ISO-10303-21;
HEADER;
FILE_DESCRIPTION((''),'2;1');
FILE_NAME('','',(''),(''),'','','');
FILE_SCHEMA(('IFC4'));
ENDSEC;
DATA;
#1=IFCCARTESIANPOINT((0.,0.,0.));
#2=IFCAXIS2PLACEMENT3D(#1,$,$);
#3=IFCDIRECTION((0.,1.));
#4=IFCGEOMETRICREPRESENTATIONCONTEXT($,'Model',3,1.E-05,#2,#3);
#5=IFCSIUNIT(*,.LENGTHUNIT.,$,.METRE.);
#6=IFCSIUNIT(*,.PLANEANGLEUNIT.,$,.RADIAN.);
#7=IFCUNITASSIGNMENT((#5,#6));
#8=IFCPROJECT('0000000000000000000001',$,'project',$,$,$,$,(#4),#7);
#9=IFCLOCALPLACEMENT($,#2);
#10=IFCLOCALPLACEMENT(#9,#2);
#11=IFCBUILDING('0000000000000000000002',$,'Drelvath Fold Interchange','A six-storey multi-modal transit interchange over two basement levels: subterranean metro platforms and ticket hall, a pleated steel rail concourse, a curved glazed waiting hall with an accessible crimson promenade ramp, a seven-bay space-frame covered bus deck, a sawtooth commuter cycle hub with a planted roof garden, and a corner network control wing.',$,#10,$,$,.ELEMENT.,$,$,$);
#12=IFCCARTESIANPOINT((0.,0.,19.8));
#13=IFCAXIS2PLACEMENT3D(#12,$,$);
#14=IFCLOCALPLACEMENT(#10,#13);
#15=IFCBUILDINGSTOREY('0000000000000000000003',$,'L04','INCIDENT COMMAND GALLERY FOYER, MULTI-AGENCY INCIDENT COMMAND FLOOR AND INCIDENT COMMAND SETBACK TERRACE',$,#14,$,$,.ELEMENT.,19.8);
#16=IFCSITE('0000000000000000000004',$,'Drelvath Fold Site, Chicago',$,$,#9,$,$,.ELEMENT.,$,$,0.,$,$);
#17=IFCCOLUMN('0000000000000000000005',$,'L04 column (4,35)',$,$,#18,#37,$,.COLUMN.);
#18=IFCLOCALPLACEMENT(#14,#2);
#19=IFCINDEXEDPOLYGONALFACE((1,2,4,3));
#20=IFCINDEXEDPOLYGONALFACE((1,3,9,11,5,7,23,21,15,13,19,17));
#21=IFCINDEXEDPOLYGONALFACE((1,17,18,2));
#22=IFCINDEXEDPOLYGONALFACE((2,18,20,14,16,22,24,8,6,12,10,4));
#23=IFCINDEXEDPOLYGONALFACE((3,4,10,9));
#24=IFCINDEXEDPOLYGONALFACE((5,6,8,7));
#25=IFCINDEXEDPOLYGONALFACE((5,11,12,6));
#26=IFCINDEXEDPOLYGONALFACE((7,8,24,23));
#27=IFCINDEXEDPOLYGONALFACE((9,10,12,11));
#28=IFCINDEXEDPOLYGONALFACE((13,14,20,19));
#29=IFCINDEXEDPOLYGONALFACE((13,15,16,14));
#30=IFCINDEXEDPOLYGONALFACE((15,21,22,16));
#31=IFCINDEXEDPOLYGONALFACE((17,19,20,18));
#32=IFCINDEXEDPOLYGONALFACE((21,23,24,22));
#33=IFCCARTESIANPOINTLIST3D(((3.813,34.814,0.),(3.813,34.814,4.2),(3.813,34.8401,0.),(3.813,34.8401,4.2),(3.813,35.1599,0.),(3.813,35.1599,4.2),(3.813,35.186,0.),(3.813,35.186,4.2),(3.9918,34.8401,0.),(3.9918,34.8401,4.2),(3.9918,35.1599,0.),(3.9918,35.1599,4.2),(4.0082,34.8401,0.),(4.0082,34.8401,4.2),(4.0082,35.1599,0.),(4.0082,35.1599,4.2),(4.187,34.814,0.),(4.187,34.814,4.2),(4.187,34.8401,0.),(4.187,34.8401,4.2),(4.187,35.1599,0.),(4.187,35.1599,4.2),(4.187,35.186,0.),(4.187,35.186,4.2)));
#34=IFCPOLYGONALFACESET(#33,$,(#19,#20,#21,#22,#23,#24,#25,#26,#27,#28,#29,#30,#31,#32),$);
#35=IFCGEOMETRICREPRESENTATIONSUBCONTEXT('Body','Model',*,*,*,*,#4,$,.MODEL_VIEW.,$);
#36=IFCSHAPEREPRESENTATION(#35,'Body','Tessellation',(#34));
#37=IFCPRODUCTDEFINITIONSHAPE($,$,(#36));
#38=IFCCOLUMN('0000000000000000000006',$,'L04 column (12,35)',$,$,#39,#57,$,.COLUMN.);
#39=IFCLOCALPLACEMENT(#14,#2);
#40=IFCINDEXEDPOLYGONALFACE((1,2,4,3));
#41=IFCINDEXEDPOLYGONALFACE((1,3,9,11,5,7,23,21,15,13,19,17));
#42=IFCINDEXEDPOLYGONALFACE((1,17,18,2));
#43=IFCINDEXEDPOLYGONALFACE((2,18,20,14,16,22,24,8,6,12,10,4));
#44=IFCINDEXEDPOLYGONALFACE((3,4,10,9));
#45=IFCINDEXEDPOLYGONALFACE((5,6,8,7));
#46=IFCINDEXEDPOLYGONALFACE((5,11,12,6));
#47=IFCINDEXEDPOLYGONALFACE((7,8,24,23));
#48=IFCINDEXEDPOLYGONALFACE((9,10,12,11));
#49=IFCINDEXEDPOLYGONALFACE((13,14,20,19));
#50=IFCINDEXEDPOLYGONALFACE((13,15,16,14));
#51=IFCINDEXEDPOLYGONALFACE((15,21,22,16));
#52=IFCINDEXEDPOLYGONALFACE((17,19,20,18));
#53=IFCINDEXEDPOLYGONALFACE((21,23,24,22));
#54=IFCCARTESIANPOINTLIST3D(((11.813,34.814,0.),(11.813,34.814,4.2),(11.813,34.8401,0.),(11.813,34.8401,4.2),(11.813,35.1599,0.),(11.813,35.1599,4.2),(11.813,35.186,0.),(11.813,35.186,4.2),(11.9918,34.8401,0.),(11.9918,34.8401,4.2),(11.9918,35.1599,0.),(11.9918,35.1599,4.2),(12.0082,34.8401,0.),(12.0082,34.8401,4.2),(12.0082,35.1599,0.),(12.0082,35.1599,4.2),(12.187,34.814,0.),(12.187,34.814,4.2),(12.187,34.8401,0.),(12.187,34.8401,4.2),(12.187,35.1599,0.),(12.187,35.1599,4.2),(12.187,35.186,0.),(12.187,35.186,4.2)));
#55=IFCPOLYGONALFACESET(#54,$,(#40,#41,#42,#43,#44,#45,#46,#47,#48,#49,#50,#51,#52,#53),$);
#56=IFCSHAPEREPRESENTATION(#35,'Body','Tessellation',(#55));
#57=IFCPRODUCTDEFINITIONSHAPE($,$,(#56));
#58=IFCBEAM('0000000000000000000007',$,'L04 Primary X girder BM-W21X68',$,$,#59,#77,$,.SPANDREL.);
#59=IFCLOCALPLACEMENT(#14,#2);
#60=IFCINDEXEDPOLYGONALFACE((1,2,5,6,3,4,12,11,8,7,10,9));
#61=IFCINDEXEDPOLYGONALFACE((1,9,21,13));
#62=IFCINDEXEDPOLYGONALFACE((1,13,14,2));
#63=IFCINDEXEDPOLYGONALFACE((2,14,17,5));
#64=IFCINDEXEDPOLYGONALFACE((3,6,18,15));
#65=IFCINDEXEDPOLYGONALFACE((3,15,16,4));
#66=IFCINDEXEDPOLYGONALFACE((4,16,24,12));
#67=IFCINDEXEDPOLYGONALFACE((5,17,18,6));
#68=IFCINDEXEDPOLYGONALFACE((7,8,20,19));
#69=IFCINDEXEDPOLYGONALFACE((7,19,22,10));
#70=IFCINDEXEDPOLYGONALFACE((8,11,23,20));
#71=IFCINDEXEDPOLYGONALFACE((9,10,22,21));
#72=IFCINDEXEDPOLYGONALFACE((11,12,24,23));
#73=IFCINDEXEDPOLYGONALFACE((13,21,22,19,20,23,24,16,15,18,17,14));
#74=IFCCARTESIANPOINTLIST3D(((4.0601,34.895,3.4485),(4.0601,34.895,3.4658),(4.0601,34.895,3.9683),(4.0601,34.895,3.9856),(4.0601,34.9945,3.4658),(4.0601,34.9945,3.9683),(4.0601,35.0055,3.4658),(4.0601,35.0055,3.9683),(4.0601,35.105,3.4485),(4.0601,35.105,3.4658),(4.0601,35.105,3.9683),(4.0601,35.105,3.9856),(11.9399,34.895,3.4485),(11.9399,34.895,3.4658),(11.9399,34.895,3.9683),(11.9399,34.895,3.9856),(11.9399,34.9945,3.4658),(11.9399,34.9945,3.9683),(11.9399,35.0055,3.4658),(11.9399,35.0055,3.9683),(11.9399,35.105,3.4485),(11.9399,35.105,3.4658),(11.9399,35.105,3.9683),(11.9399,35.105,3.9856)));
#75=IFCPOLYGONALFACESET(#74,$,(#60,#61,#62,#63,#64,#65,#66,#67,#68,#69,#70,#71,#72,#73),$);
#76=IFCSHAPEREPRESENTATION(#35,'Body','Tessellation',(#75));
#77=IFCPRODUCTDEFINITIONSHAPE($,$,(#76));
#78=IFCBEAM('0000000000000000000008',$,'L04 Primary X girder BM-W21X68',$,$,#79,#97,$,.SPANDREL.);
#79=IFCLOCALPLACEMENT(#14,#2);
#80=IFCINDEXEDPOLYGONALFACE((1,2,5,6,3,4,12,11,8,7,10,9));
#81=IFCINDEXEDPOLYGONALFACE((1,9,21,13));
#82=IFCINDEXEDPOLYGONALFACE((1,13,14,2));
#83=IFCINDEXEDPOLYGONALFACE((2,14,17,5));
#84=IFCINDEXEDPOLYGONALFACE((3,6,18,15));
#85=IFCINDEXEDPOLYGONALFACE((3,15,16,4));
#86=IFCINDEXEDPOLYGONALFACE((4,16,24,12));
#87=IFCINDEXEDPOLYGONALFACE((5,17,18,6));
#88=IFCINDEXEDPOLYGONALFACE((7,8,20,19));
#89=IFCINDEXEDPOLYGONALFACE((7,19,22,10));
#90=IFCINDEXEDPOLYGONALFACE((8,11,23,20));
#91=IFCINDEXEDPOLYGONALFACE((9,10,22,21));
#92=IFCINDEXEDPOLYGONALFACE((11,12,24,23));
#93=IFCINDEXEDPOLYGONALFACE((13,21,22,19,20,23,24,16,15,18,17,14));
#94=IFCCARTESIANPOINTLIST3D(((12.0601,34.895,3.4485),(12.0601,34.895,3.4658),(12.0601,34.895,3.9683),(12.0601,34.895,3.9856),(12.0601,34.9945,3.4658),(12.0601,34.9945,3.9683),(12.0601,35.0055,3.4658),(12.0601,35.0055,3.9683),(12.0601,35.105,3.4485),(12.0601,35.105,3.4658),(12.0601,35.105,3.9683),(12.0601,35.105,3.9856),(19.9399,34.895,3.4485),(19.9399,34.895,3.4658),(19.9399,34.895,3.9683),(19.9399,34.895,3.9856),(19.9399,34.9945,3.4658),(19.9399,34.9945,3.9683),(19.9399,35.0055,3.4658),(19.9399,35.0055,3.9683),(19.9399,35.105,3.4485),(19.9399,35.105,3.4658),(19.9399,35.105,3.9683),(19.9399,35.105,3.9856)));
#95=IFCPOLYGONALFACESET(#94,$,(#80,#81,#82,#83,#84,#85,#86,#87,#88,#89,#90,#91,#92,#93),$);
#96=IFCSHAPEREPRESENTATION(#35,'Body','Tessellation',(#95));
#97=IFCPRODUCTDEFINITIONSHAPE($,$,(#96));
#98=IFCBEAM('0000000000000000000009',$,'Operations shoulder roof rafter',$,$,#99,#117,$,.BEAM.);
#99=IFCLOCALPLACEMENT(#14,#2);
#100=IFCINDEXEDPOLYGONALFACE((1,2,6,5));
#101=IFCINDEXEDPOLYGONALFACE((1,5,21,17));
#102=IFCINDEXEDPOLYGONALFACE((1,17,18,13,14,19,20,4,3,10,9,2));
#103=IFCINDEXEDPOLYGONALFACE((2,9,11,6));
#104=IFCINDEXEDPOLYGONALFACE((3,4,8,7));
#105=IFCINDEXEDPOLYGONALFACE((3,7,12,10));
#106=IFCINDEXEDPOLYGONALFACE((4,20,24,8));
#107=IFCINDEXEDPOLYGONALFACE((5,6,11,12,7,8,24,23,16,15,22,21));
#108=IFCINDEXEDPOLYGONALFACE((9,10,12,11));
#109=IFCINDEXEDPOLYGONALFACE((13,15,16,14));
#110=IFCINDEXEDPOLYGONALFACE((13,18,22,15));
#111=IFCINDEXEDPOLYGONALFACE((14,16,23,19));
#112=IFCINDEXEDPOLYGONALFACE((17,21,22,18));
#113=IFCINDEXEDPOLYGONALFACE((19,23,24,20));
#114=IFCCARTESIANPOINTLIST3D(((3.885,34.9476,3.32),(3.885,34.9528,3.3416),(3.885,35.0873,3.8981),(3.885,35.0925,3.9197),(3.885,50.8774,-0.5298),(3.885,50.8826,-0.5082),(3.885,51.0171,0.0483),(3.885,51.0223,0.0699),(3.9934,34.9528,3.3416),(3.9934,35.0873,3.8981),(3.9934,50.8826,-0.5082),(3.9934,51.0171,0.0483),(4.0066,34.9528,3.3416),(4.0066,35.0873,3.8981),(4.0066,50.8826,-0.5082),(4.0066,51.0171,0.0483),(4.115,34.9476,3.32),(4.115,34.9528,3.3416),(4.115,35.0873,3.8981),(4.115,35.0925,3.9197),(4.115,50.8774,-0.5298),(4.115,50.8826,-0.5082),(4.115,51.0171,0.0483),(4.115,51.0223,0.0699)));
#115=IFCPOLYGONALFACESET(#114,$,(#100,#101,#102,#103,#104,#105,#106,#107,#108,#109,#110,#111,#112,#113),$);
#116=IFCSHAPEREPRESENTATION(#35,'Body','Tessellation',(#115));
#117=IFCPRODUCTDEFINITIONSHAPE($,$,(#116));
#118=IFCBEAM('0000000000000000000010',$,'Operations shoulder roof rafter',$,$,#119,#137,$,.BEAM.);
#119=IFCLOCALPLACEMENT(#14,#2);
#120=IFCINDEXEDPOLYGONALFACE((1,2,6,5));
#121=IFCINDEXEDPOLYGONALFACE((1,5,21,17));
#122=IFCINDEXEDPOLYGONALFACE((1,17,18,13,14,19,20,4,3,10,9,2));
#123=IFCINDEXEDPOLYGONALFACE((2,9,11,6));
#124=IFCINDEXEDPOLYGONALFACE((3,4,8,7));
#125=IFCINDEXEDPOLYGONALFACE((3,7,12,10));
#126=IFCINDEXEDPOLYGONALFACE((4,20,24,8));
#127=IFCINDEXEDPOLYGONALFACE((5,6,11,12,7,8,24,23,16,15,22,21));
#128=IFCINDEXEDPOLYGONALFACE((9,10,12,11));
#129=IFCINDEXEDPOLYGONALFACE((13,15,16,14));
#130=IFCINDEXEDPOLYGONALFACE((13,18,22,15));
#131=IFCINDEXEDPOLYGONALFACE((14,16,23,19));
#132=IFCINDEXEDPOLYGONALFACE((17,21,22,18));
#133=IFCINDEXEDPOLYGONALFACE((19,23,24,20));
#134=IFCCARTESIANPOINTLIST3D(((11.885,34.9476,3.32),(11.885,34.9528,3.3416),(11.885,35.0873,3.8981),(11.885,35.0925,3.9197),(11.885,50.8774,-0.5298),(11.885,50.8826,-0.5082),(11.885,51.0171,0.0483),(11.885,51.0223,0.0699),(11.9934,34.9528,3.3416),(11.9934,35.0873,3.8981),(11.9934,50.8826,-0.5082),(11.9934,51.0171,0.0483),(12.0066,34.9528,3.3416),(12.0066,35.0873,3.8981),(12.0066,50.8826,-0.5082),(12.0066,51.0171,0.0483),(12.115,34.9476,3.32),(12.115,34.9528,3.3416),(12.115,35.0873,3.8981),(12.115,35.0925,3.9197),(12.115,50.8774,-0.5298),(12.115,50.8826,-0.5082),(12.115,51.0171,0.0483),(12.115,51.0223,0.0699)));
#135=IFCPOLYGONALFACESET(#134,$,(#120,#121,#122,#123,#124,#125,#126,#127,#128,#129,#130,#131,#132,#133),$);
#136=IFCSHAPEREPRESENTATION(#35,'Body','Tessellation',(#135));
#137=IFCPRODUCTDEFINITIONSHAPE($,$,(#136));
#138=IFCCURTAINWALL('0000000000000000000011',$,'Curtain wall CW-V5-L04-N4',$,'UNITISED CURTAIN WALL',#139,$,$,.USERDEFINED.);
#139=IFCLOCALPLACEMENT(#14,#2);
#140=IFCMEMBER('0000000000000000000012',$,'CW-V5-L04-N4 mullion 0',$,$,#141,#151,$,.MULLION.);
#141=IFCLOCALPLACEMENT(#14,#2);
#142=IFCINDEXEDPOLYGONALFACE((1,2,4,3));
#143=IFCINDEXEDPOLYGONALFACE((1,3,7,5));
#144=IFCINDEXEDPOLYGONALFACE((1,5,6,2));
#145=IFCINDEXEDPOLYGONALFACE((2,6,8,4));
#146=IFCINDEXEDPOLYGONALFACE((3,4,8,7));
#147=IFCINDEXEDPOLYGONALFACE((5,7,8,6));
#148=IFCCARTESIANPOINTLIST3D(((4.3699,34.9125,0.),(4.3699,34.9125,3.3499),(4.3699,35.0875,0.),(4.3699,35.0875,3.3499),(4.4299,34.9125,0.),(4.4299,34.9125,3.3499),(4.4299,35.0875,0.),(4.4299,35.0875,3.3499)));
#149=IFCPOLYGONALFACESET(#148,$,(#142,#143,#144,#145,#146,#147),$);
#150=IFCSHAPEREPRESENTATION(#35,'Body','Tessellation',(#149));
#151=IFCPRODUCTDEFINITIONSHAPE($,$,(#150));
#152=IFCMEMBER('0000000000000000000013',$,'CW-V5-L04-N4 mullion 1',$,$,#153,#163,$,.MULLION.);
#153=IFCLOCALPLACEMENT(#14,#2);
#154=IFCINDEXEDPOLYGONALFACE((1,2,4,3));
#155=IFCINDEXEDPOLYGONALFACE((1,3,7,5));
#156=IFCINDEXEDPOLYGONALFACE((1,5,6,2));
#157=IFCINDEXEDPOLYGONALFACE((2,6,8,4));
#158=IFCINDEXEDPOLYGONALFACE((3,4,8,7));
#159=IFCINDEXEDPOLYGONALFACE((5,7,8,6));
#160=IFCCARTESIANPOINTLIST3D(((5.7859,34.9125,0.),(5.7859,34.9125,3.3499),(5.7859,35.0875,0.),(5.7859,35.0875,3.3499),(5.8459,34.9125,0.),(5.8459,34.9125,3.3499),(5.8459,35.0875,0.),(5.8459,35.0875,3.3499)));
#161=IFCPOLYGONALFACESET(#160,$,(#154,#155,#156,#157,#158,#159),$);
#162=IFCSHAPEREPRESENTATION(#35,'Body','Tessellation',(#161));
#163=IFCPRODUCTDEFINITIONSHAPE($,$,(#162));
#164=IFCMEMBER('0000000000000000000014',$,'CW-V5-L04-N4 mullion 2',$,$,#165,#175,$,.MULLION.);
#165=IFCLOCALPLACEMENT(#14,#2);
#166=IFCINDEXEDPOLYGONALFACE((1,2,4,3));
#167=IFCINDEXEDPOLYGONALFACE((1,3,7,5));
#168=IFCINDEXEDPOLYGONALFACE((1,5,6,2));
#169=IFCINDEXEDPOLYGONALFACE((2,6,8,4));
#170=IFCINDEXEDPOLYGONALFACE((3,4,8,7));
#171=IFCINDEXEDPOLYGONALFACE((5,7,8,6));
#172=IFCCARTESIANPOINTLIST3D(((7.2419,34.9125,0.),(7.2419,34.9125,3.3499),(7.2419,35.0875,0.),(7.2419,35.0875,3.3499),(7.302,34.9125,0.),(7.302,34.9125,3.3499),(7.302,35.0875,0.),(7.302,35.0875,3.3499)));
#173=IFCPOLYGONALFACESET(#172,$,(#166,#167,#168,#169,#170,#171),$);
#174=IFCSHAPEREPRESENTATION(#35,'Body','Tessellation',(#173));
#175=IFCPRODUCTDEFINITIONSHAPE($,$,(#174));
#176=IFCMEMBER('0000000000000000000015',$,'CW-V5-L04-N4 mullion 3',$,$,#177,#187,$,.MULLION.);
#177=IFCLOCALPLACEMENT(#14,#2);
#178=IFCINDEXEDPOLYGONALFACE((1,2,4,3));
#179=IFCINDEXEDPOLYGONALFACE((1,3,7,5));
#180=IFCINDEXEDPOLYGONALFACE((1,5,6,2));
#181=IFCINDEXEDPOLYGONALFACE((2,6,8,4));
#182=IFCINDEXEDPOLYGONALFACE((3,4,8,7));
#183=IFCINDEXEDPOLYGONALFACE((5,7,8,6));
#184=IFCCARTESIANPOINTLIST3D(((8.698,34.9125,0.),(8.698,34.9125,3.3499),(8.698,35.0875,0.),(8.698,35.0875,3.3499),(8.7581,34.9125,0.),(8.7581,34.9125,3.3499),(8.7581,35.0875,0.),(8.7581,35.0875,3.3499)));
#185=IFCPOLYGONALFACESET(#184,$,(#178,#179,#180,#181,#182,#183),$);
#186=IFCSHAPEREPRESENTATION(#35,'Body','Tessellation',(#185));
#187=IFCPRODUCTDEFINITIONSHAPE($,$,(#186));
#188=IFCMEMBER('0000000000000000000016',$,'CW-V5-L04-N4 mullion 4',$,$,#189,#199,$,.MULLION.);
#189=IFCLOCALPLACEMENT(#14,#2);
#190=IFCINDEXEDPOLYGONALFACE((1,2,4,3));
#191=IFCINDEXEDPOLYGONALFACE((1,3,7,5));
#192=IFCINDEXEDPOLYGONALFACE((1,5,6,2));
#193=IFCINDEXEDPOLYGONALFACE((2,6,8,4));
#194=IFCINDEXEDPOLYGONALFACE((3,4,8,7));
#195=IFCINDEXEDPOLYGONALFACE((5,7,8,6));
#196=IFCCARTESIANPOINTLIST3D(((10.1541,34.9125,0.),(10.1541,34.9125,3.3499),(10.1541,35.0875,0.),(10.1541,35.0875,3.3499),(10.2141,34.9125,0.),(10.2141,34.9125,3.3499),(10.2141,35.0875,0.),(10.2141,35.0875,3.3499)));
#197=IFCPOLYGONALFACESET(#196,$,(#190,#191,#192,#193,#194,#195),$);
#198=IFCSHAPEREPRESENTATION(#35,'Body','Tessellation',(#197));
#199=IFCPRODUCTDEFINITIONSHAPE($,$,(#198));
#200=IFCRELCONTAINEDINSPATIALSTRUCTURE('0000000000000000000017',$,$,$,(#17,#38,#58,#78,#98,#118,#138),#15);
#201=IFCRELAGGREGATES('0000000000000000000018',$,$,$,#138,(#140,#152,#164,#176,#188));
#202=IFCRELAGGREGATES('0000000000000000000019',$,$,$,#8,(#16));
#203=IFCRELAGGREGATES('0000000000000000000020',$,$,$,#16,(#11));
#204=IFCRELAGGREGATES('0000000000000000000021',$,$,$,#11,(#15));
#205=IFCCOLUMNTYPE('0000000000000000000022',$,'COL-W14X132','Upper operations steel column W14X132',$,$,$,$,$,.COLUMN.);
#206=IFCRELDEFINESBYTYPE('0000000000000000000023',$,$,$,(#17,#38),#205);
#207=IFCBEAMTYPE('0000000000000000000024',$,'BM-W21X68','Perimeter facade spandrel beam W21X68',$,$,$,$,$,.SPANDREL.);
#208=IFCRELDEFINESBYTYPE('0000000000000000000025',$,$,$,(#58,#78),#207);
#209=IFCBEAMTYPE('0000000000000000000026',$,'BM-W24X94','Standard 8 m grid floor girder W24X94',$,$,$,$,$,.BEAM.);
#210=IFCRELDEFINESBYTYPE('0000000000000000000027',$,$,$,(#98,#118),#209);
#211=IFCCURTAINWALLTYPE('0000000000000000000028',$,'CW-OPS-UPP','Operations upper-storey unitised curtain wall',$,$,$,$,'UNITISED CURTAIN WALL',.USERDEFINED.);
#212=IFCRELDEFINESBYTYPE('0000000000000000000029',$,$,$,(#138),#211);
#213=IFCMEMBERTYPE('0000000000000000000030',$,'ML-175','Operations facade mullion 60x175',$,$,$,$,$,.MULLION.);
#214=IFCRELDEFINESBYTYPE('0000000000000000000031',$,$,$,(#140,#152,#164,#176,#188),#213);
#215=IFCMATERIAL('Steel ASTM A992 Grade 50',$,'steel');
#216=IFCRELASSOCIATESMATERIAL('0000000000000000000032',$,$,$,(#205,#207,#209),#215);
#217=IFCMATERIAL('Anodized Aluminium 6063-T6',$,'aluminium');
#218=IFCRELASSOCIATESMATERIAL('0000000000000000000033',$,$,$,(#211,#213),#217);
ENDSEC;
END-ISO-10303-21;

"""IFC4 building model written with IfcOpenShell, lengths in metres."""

from ifc_helpers import new_model, si_unit, direction, frame, origin, origin_2d, place, context, subcontext, project, spatial, rectangle, i_section, extrude, material, material_profile, profile_set, type_object, element, aggregate, save


model = new_model("IFC4")

# Units and contexts
model_context = context("Model", 3, precision=1e-05, world=origin(), true_north=direction((0.0, 1.0)))
body_context = subcontext(model_context, "Body", "Model", "MODEL_VIEW")
ifc_project = project(units=[si_unit("LENGTHUNIT", "METRE"), si_unit("PLANEANGLEUNIT", "RADIAN")], contexts=[model_context])

# Site, building, storey
site_placement = place(None, origin())
site = spatial("IfcSite", under=ifc_project, at=site_placement, Name="Drelvath Fold Site, Chicago", CompositionType="ELEMENT", RefElevation=0.0)
building_placement = place(site_placement, origin())
building = spatial("IfcBuilding", under=site, at=building_placement, Name="Drelvath Fold Interchange", Description="A six-storey multi-modal transit interchange over two basement levels: subterranean metro platforms and ticket hall, a pleated steel rail concourse, a curved glazed waiting hall with an accessible crimson promenade ramp, a seven-bay space-frame covered bus deck, a sawtooth commuter cycle hub with a planted roof garden, and a corner network control wing.", CompositionType="ELEMENT")
storey_placement = place(building_placement, frame((0.0, 0.0, 19.8)))
storey = spatial("IfcBuildingStorey", under=building, at=storey_placement, Name="L04", Description="INCIDENT COMMAND GALLERY FOYER, MULTI-AGENCY INCIDENT COMMAND FLOOR AND INCIDENT COMMAND SETBACK TERRACE", CompositionType="ELEMENT", Elevation=19.8)

# Columns
ifc_material_1 = material(Name="Steel ASTM A992 Grade 50", Category="steel")
ifc_material_profile_1 = material_profile(ifc_material_1, i_section(OverallWidth=0.374, OverallDepth=0.3721, WebThickness=0.0164, FlangeThickness=0.0261, at=origin_2d()), Name="W14X132")
ifc_profile_set_1 = profile_set([ifc_material_profile_1], Name="Steel ASTM A992 Grade 50")
column_type = type_object("IfcColumnType", Name="COL-W14X132", Description="Upper operations steel column W14X132", PredefinedType="COLUMN", material=ifc_profile_set_1)
for number, where, z_axis, x_axis, name in (
    (1, (4.0, 35.0, 0.0), (0.0, 0.0, 1.0), (1.0, 0.0, 0.0), "L04 column (4,35)"),
    (2, (12.0, 35.0, 0.0), (0.0, 0.0, 1.0), (1.0, 0.0, 0.0), "L04 column (12,35)"),
):
    element("IfcColumn", number, at=place(storey_placement, frame(where, z_axis=z_axis, x_axis=x_axis)), inside=storey, type_object=column_type, Name=name, PredefinedType="COLUMN", context=body_context, shape_type="SweptSolid", body=[
        extrude(i_section(OverallWidth=0.374, OverallDepth=0.3721, WebThickness=0.0164, FlangeThickness=0.0261, at=origin_2d()), origin(), (0.0, 0.0, 1.0), 4.2),
    ])

# Beams
ifc_material_profile_2 = material_profile(ifc_material_1, i_section(OverallWidth=0.21, OverallDepth=0.5371, WebThickness=0.011, FlangeThickness=0.0173, at=origin_2d()), Name="W21X68")
ifc_profile_set_2 = profile_set([ifc_material_profile_2], Name="Steel ASTM A992 Grade 50")
beam_type_1 = type_object("IfcBeamType", Name="BM-W21X68", Description="Perimeter facade spandrel beam W21X68", PredefinedType="SPANDREL", material=ifc_profile_set_2)
for number, where, z_axis, x_axis, name in (
    (3, (4.0601, 35.0, 3.717), (1.0, 0.0, 0.0), (0.0, 1.0, 0.0), "L04 Primary X girder BM-W21X68"),
    (4, (12.0601, 35.0, 3.717), (1.0, 0.0, 0.0), (0.0, 1.0, 0.0), "L04 Primary X girder BM-W21X68"),
):
    element("IfcBeam", number, at=place(storey_placement, frame(where, z_axis=z_axis, x_axis=x_axis)), inside=storey, type_object=beam_type_1, Name=name, PredefinedType="SPANDREL", context=body_context, shape_type="SweptSolid", body=[
        extrude(i_section(OverallWidth=0.21, OverallDepth=0.5371, WebThickness=0.011, FlangeThickness=0.0173, at=origin_2d()), origin(), (0.0, 0.0, 1.0), 7.8799),
    ])
ifc_material_profile_3 = material_profile(ifc_material_1, i_section(OverallWidth=0.23, OverallDepth=0.6169, WebThickness=0.0132, FlangeThickness=0.0222, at=origin_2d()), Name="W24X94")
ifc_profile_set_3 = profile_set([ifc_material_profile_3], Name="Steel ASTM A992 Grade 50")
beam_type_2 = type_object("IfcBeamType", Name="BM-W24X94", Description="Standard 8 m grid floor girder W24X94", PredefinedType="BEAM", material=ifc_profile_set_3)
for number, where, z_axis, x_axis, name in (
    (5, (4.0, 35.02, 3.6199), (0.0, 0.972017, -0.234911), (-1.0, 0.0, 0.0), "Operations shoulder roof rafter"),
    (6, (12.0, 35.02, 3.6199), (0.0, 0.972017, -0.234911), (-1.0, 0.0, 0.0), "Operations shoulder roof rafter"),
):
    element("IfcBeam", number, at=place(storey_placement, frame(where, z_axis=z_axis, x_axis=x_axis)), inside=storey, type_object=beam_type_2, Name=name, PredefinedType="BEAM", context=body_context, shape_type="SweptSolid", body=[
        extrude(i_section(OverallWidth=0.23, OverallDepth=0.6169, WebThickness=0.0132, FlangeThickness=0.0222, at=origin_2d()), origin(), (0.0, 0.0, 1.0), 16.3884),
    ])

# Curtain wall, members
ifc_material_2 = material(Name="Anodized Aluminium 6063-T6", Category="aluminium")
curtain_wall_type = type_object("IfcCurtainWallType", Name="CW-OPS-UPP", Description="Operations upper-storey unitised curtain wall", ElementType="UNITISED CURTAIN WALL", PredefinedType="USERDEFINED", material=ifc_material_2)
curtain_wall_1_placement = place(storey_placement, origin())
curtain_wall_1 = element("IfcCurtainWall", 7, at=curtain_wall_1_placement, inside=storey, type_object=curtain_wall_type, Name="Curtain wall CW-V5-L04-N4", ObjectType="UNITISED CURTAIN WALL", PredefinedType="USERDEFINED")
ifc_material_profile_4 = material_profile(ifc_material_2, rectangle(XDim=0.0601, YDim=0.175, at=origin_2d()), Name="AL-M 60x175")
ifc_profile_set_4 = profile_set([ifc_material_profile_4], Name="Anodized Aluminium 6063-T6")
member_type_1 = type_object("IfcMemberType", Name="ML-175", Description="Operations facade mullion 60x175", PredefinedType="MULLION", material=ifc_profile_set_4)
member_1_placement = place(storey_placement, frame((4.3999, 35.0, 0.0), z_axis=(0.0, 0.0, 1.0), x_axis=(1.0, 0.0, 0.0)))
member_1 = element("IfcMember", 8, at=member_1_placement, type_object=member_type_1, Name="CW-V5-L04-N4 mullion 0", PredefinedType="MULLION", context=body_context, shape_type="SweptSolid", body=[
    extrude(rectangle(XDim=0.0601, YDim=0.175, at=origin_2d()), origin(), (0.0, 0.0, 1.0), 3.3499),
])
member_2_placement = place(storey_placement, frame((5.8159, 35.0, 0.0), z_axis=(0.0, 0.0, 1.0), x_axis=(1.0, 0.0, 0.0)))
member_2 = element("IfcMember", 9, at=member_2_placement, type_object=member_type_1, Name="CW-V5-L04-N4 mullion 1", PredefinedType="MULLION", context=body_context, shape_type="SweptSolid", body=[
    extrude(rectangle(XDim=0.0601, YDim=0.175, at=origin_2d()), origin(), (0.0, 0.0, 1.0), 3.3499),
])
member_3_placement = place(storey_placement, frame((7.272, 35.0, 0.0), z_axis=(0.0, 0.0, 1.0), x_axis=(1.0, 0.0, 0.0)))
member_3 = element("IfcMember", 10, at=member_3_placement, type_object=member_type_1, Name="CW-V5-L04-N4 mullion 2", PredefinedType="MULLION", context=body_context, shape_type="SweptSolid", body=[
    extrude(rectangle(XDim=0.0601, YDim=0.175, at=origin_2d()), origin(), (0.0, 0.0, 1.0), 3.3499),
])
member_4_placement = place(storey_placement, frame((8.728, 35.0, 0.0), z_axis=(0.0, 0.0, 1.0), x_axis=(1.0, 0.0, 0.0)))
member_4 = element("IfcMember", 11, at=member_4_placement, type_object=member_type_1, Name="CW-V5-L04-N4 mullion 3", PredefinedType="MULLION", context=body_context, shape_type="SweptSolid", body=[
    extrude(rectangle(XDim=0.0601, YDim=0.175, at=origin_2d()), origin(), (0.0, 0.0, 1.0), 3.3499),
])
member_5_placement = place(storey_placement, frame((10.1841, 35.0, 0.0), z_axis=(0.0, 0.0, 1.0), x_axis=(1.0, 0.0, 0.0)))
member_5 = element("IfcMember", 12, at=member_5_placement, type_object=member_type_1, Name="CW-V5-L04-N4 mullion 4", PredefinedType="MULLION", context=body_context, shape_type="SweptSolid", body=[
    extrude(rectangle(XDim=0.0601, YDim=0.175, at=origin_2d()), origin(), (0.0, 0.0, 1.0), 3.3499),
])

aggregate(curtain_wall_1, [member_1, member_2, member_3, member_4, member_5])

save(model, "model.ifc")
